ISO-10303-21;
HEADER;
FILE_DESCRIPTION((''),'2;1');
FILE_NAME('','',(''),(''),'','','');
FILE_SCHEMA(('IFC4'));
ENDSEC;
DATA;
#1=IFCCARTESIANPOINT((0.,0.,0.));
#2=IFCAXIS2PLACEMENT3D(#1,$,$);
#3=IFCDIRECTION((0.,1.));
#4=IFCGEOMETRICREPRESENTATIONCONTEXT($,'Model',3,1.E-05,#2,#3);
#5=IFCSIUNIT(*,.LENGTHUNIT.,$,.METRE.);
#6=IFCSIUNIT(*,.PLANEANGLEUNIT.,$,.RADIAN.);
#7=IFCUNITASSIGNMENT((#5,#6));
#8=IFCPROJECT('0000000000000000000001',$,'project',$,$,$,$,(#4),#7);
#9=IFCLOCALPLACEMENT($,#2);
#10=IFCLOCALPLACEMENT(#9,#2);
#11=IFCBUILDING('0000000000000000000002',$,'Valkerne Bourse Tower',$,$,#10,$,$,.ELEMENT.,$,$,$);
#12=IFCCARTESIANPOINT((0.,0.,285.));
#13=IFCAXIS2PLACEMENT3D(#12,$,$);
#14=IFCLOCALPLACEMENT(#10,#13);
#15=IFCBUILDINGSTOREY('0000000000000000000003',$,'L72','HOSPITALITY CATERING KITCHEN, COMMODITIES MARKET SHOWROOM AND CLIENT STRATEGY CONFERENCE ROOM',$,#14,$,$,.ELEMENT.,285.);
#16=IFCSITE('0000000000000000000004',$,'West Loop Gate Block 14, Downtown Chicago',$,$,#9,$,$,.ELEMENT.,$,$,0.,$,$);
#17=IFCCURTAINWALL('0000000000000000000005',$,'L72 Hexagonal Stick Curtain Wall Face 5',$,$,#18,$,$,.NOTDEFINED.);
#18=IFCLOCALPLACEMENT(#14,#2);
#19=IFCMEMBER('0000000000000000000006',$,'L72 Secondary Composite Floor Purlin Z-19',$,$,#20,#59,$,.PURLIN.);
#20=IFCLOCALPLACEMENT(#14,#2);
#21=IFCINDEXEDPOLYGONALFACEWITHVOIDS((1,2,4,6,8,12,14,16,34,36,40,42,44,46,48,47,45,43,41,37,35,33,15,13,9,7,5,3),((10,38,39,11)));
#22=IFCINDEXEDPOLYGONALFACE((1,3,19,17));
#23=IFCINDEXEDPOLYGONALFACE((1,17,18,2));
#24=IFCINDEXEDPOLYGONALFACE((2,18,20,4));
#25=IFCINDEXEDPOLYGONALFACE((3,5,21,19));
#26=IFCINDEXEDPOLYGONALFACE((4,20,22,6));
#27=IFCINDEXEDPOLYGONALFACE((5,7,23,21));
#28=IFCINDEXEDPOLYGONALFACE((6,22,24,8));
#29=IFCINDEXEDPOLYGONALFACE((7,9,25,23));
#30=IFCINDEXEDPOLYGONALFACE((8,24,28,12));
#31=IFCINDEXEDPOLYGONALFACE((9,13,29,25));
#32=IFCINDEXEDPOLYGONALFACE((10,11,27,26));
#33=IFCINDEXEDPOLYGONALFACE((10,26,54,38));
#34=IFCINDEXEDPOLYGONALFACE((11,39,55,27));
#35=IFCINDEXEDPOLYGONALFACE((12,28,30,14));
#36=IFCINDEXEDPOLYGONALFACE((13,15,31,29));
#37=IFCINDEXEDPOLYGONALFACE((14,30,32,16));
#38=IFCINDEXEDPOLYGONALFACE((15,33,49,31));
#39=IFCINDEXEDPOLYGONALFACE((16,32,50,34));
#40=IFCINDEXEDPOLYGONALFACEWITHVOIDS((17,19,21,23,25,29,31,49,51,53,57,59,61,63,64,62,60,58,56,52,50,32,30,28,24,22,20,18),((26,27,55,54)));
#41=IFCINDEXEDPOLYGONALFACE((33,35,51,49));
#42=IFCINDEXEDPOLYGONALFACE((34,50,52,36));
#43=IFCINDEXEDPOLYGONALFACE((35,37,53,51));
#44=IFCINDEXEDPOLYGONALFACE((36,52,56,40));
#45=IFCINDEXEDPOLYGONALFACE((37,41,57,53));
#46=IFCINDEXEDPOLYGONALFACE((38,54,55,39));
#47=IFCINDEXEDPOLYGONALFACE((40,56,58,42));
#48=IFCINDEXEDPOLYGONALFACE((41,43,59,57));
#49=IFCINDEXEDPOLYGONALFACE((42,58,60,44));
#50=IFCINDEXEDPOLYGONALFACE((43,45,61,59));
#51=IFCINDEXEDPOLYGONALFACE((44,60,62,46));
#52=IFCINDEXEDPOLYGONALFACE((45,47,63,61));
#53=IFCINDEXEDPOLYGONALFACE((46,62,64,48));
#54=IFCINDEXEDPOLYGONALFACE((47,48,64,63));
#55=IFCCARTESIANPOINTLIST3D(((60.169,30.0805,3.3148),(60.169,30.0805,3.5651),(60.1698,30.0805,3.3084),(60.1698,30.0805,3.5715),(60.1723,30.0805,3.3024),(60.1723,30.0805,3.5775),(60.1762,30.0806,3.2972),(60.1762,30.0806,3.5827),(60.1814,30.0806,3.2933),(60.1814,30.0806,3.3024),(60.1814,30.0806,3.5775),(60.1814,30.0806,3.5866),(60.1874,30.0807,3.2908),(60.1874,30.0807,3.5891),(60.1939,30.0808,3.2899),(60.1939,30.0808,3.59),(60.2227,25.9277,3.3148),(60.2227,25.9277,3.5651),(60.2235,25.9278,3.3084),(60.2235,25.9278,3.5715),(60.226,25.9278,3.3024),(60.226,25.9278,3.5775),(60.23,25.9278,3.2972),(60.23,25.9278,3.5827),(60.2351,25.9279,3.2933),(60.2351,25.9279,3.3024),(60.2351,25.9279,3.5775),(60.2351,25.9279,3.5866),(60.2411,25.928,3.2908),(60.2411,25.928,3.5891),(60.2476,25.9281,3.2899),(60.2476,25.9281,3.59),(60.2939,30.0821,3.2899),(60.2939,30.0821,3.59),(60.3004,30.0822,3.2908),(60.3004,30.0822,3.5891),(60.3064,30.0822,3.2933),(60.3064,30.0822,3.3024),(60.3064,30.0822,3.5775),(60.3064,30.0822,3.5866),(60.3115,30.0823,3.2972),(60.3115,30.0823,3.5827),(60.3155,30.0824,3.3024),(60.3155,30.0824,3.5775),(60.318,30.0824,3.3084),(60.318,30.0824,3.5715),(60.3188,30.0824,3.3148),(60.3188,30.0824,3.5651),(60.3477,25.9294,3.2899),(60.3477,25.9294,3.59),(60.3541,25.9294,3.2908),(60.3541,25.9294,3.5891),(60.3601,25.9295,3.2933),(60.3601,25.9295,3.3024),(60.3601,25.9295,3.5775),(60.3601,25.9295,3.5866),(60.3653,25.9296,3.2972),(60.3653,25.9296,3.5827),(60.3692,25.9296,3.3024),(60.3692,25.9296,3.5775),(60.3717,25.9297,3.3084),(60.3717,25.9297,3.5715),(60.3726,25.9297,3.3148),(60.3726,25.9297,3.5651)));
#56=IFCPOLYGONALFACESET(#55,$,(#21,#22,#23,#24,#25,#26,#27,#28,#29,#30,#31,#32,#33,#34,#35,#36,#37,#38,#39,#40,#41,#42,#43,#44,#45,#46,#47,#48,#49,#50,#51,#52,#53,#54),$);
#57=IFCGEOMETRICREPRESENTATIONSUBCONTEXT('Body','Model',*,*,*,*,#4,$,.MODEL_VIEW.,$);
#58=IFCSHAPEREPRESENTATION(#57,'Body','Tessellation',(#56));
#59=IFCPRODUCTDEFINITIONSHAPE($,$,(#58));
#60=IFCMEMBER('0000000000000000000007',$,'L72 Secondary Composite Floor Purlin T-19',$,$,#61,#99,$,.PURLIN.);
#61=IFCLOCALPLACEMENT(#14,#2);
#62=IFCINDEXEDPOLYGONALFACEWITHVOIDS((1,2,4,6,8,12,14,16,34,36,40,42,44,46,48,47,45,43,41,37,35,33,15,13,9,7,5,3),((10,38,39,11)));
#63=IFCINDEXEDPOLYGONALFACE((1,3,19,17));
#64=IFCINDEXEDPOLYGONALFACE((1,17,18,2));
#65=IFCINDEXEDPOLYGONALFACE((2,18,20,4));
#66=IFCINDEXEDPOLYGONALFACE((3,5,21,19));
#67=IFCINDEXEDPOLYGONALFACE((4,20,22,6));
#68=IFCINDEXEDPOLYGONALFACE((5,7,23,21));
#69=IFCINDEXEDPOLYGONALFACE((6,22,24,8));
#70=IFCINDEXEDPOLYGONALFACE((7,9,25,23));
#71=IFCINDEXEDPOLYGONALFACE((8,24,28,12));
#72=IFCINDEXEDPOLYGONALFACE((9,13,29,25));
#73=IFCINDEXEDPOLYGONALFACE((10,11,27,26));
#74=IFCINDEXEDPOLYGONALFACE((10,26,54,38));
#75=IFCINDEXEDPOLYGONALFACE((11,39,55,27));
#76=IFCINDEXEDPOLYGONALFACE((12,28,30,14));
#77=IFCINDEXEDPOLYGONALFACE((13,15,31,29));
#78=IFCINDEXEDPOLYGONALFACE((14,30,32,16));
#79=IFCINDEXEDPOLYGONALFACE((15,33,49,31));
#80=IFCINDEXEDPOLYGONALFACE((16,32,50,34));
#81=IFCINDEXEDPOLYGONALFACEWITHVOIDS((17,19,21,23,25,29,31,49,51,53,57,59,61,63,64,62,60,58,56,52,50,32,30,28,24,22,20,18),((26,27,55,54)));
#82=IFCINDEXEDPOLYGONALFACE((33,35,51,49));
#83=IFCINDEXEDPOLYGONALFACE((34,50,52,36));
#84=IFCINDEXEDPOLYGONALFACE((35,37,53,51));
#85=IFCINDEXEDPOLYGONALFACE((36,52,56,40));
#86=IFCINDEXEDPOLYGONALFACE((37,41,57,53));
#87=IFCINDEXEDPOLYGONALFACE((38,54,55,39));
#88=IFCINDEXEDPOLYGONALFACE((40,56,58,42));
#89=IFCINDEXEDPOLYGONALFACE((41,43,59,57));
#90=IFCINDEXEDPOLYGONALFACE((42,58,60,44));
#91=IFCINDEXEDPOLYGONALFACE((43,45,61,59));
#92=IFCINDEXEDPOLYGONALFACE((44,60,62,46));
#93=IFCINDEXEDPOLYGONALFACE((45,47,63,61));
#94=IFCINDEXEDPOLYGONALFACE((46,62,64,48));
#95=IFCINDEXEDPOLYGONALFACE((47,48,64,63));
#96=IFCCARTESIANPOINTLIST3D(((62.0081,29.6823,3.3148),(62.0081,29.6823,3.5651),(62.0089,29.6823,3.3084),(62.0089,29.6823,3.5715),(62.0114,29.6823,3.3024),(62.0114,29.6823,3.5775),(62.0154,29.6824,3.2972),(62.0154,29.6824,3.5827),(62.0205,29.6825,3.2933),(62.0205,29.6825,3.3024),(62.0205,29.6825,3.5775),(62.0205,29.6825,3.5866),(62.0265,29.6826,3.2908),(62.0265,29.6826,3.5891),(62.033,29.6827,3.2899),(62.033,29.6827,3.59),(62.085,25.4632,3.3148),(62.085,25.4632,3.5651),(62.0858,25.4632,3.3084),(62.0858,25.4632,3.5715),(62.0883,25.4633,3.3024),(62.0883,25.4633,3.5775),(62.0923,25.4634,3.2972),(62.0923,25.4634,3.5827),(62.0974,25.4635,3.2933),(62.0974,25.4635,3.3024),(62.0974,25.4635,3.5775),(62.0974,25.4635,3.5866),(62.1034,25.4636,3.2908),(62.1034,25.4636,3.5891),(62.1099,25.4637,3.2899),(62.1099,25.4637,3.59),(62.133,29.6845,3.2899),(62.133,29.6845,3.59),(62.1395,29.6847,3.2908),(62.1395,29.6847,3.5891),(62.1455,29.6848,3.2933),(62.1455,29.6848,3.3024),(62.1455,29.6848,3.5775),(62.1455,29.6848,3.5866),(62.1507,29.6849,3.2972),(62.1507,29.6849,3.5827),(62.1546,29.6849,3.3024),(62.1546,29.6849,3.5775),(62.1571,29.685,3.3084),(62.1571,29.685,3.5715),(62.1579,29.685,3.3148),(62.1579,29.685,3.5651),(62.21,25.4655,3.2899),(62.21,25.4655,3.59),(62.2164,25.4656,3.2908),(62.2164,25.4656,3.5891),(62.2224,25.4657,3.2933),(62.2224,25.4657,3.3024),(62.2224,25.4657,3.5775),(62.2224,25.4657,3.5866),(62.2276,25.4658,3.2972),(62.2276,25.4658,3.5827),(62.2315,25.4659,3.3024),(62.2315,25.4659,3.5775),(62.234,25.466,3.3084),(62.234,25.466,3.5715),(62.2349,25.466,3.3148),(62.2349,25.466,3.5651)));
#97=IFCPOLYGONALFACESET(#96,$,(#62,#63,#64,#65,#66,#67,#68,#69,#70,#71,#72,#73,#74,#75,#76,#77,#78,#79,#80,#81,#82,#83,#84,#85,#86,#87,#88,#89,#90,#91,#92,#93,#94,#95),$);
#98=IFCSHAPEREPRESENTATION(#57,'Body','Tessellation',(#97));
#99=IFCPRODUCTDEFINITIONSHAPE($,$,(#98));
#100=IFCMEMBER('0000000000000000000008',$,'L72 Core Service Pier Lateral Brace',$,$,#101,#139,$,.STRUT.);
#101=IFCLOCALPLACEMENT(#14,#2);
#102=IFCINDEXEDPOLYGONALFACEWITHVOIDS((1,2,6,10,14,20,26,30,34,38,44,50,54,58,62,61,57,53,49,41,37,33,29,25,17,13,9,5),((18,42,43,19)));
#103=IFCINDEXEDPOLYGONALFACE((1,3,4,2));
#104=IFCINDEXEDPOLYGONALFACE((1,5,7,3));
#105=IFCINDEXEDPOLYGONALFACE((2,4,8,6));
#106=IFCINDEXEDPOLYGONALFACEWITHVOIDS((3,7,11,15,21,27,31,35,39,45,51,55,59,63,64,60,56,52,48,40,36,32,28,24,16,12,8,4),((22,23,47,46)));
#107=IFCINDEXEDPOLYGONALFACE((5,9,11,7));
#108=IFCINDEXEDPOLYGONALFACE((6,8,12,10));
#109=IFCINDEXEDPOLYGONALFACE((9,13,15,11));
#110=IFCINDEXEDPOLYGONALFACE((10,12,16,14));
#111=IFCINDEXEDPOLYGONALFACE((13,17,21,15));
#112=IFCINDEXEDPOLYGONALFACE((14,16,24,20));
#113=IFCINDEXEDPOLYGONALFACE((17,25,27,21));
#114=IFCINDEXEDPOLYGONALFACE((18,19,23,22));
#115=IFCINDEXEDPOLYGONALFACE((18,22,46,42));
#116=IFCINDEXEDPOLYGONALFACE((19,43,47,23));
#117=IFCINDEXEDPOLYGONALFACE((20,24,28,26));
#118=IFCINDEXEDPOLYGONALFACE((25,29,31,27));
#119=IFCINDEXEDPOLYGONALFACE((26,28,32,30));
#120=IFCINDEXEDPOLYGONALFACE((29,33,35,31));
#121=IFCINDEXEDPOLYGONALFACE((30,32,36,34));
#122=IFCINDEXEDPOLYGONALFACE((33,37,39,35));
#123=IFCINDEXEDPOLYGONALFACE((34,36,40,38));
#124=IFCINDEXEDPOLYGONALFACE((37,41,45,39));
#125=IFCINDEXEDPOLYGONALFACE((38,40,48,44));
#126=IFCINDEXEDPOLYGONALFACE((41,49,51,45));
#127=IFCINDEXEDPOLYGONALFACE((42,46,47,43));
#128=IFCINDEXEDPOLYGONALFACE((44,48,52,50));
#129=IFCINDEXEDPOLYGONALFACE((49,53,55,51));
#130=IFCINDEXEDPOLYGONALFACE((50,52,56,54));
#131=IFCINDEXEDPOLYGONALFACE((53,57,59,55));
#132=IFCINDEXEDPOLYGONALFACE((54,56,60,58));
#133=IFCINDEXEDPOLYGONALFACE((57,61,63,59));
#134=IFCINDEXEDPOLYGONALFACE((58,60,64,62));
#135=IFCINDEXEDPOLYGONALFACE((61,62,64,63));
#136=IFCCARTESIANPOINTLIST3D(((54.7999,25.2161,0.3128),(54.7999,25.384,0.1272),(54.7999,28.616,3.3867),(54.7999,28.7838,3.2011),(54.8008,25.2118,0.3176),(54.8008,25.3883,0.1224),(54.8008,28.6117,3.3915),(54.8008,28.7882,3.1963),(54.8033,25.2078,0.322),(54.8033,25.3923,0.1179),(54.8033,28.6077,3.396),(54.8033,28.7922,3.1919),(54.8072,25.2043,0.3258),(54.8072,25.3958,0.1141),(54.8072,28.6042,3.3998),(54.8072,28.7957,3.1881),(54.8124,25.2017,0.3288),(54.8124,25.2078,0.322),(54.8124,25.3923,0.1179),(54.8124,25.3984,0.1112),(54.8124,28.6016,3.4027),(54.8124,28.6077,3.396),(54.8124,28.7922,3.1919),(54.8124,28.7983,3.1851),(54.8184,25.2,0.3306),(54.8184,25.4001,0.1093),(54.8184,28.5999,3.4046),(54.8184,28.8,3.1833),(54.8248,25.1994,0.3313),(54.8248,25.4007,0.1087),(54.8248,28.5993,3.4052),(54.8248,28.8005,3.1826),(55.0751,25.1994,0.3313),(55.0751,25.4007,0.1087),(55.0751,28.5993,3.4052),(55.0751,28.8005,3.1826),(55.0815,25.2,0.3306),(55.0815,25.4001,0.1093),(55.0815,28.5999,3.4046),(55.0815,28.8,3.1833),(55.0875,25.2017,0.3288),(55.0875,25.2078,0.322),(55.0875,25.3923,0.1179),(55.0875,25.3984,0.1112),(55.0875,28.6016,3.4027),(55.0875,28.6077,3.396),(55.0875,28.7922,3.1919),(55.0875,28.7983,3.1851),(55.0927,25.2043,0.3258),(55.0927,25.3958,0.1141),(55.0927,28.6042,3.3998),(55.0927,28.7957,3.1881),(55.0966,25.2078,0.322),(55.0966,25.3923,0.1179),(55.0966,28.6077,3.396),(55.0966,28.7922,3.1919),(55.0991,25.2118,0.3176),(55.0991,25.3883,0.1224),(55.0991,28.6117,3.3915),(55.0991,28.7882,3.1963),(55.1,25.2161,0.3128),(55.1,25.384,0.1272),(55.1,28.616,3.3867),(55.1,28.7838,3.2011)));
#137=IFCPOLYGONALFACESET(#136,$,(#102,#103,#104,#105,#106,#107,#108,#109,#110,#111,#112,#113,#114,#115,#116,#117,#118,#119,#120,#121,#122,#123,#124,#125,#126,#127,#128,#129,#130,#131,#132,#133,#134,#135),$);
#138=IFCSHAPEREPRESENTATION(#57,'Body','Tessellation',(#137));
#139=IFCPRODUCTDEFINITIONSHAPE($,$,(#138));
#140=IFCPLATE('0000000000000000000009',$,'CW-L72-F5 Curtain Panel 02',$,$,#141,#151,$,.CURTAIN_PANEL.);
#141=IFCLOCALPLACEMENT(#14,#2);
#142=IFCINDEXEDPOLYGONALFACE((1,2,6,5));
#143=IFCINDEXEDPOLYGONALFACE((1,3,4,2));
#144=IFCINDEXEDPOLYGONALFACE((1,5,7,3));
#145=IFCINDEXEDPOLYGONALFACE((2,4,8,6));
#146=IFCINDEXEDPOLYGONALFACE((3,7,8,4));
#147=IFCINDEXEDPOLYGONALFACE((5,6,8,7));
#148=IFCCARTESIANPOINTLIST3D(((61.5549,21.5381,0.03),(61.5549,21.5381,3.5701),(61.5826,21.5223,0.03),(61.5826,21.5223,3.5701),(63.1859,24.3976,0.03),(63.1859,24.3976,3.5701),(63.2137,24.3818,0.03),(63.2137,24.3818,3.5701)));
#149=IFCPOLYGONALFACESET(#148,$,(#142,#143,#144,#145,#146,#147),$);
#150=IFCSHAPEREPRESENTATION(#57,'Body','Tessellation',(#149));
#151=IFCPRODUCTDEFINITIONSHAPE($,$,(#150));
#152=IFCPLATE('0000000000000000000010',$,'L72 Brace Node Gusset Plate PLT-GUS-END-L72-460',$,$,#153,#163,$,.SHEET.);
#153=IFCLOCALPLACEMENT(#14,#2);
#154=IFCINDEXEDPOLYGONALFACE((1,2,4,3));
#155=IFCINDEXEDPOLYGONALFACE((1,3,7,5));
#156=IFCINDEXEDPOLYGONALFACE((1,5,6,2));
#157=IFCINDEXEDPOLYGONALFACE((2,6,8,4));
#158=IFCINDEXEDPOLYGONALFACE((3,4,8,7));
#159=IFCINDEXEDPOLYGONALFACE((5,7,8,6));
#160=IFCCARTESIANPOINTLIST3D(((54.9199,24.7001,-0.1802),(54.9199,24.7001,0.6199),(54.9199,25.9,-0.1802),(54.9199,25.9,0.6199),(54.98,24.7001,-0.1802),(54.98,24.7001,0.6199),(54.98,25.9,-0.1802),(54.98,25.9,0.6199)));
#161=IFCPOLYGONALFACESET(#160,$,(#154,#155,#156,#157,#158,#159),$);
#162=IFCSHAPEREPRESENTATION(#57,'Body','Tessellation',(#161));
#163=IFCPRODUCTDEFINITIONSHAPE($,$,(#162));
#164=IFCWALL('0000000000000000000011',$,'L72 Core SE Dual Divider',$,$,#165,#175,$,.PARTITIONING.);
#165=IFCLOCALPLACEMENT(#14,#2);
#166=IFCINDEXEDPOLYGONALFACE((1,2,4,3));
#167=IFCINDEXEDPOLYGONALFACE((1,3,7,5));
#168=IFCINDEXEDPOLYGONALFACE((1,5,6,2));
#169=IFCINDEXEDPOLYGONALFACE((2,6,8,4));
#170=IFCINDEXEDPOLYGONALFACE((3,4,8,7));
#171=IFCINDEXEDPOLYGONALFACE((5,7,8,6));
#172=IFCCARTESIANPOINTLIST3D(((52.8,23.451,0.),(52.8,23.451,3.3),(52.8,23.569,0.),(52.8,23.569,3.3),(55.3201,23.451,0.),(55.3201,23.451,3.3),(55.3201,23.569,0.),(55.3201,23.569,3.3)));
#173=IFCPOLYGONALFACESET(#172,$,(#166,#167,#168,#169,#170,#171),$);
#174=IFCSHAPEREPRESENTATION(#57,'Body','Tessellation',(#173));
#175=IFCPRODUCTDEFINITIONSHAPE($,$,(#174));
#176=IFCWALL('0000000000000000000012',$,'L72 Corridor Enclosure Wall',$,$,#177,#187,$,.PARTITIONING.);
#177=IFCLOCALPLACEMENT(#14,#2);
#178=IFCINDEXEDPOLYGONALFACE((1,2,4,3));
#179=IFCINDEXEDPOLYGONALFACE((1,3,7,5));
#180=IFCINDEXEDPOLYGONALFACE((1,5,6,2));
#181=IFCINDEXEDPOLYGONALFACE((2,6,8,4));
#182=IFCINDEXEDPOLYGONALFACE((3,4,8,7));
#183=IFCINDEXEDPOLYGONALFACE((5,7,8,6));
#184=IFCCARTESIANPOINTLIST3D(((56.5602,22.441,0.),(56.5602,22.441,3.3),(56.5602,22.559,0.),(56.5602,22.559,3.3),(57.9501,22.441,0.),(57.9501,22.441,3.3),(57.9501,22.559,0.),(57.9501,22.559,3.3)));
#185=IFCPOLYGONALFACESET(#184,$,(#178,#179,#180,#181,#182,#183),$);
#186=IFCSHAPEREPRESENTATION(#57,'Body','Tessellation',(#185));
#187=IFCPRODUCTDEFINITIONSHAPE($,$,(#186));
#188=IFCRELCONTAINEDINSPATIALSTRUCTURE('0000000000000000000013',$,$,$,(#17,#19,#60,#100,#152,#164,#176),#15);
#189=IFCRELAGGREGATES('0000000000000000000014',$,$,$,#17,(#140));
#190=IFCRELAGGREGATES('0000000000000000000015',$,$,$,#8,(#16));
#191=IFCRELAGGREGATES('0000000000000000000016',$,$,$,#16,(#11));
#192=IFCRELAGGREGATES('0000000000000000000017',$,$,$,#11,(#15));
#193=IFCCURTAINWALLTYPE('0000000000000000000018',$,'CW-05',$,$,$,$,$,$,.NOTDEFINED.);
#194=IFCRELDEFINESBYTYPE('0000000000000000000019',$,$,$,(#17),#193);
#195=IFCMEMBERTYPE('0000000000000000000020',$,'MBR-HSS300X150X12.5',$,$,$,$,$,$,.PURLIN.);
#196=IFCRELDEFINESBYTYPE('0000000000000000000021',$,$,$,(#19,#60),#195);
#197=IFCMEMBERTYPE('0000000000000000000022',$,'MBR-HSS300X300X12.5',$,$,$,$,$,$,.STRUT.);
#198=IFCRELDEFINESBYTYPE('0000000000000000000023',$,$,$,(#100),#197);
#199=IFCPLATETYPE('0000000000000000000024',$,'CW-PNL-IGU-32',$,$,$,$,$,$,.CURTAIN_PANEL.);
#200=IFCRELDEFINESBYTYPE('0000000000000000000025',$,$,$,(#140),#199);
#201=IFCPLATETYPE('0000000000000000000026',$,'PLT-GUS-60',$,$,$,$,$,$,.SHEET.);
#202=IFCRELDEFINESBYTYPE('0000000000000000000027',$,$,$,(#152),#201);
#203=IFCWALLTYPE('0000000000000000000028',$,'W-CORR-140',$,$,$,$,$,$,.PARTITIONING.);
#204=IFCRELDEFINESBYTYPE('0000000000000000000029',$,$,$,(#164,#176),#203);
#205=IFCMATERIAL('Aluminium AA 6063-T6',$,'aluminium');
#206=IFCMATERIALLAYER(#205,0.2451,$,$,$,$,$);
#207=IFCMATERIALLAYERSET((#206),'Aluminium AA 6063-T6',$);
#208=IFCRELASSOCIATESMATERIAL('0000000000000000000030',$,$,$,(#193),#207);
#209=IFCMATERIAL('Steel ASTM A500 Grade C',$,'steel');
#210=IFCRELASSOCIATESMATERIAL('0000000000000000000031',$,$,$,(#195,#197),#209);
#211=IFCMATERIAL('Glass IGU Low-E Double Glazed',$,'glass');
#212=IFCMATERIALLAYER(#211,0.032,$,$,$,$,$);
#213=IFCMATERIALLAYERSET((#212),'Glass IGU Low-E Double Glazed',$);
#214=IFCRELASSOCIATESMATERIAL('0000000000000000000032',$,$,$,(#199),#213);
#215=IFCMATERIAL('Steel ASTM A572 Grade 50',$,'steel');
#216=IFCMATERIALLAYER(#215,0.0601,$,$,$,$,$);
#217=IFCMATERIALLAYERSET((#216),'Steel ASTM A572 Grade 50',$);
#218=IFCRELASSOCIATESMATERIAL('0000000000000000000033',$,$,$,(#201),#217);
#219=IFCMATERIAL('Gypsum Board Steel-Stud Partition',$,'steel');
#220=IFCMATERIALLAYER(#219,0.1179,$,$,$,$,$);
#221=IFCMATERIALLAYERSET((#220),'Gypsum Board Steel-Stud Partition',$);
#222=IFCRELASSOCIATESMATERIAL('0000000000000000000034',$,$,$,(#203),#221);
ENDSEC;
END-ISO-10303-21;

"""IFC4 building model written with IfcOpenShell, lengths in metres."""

from ifc_helpers import new_model, si_unit, direction, frame, frame_2d, origin, origin_2d, place, context, subcontext, project, spatial, rectangle, hollow_rectangle, extrude, material, layer, layer_set, material_profile, profile_set, type_object, element, aggregate, save


model = new_model("IFC4")

# Units and contexts
model_context = context("Model", 3, precision=1e-05, world=origin(), true_north=direction((0.0, 1.0)))
body_context = subcontext(model_context, "Body", "Model", "MODEL_VIEW")
ifc_project = project(units=[si_unit("LENGTHUNIT", "METRE"), si_unit("PLANEANGLEUNIT", "RADIAN")], contexts=[model_context])

# Site, building, storey
site_placement = place(None, origin())
site = spatial("IfcSite", under=ifc_project, at=site_placement, Name="West Loop Gate Block 14, Downtown Chicago", CompositionType="ELEMENT", RefElevation=0.0)
building_placement = place(site_placement, origin())
building = spatial("IfcBuilding", under=site, at=building_placement, Name="Valkerne Bourse Tower", CompositionType="ELEMENT")
storey_placement = place(building_placement, frame((0.0, 0.0, 285.0)))
storey = spatial("IfcBuildingStorey", under=building, at=storey_placement, Name="L72", Description="HOSPITALITY CATERING KITCHEN, COMMODITIES MARKET SHOWROOM AND CLIENT STRATEGY CONFERENCE ROOM", CompositionType="ELEMENT", Elevation=285.0)

# Shared definitions
ifc_material_1 = material(Name="Steel ASTM A500 Grade C", Category="steel")

# Curtain wall
ifc_material_2 = material(Name="Aluminium AA 6063-T6", Category="aluminium")
ifc_layer_1 = layer(ifc_material_2, 0.2451)
ifc_layer_set_1 = layer_set([ifc_layer_1], Name="Aluminium AA 6063-T6")
curtain_wall_type = type_object("IfcCurtainWallType", Name="CW-05", PredefinedType="NOTDEFINED", material=ifc_layer_set_1)
curtain_wall_placement = place(storey_placement, origin())
curtain_wall = element("IfcCurtainWall", 1, at=curtain_wall_placement, inside=storey, type_object=curtain_wall_type, Name="L72 Hexagonal Stick Curtain Wall Face 5", PredefinedType="NOTDEFINED")

# Members
ifc_material_profile_1 = material_profile(ifc_material_1, hollow_rectangle(XDim=0.1499, YDim=0.3, WallThickness=0.0125, OuterFilletRadius=0.0249, at=origin_2d()), Name="HSS300X150X12.5")
ifc_profile_set_1 = profile_set([ifc_material_profile_1], Name="Steel ASTM A500 Grade C")
member_type_1 = type_object("IfcMemberType", Name="MBR-HSS300X150X12.5", PredefinedType="PURLIN", material=ifc_profile_set_1)
member_1_placement = place(storey_placement, frame((60.2976, 25.9287, 3.4399), z_axis=(-0.012932, 0.999916, 0.0), x_axis=(-0.999916, -0.012932, 0.0)))
element("IfcMember", 2, at=member_1_placement, inside=storey, type_object=member_type_1, Name="L72 Secondary Composite Floor Purlin Z-19", PredefinedType="PURLIN", context=body_context, shape_type="SweptSolid", body=[
    extrude(hollow_rectangle(XDim=0.1499, YDim=0.3, WallThickness=0.0125, OuterFilletRadius=0.0249, at=origin_2d()), origin(), (0.0, 0.0, 1.0), 4.1531),
])
member_2_placement = place(storey_placement, frame((62.1599, 25.4646, 3.4399), z_axis=(-0.018225, 0.999834, 0.0), x_axis=(-0.999834, -0.018225, 0.0)))
element("IfcMember", 3, at=member_2_placement, inside=storey, type_object=member_type_1, Name="L72 Secondary Composite Floor Purlin T-19", PredefinedType="PURLIN", context=body_context, shape_type="SweptSolid", body=[
    extrude(hollow_rectangle(XDim=0.1499, YDim=0.3, WallThickness=0.0125, OuterFilletRadius=0.0249, at=origin_2d()), origin(), (0.0, 0.0, 1.0), 4.2197),
])
ifc_material_profile_2 = material_profile(ifc_material_1, hollow_rectangle(XDim=0.3, YDim=0.3, WallThickness=0.0125, OuterFilletRadius=0.0249, at=origin_2d()), Name="HSS300X300X12.5")
ifc_profile_set_2 = profile_set([ifc_material_profile_2], Name="Steel ASTM A500 Grade C")
member_type_2 = type_object("IfcMemberType", Name="MBR-HSS300X300X12.5", PredefinedType="STRUT", material=ifc_profile_set_2)
member_3_placement = place(storey_placement, frame((54.95, 25.3, 0.22), z_axis=(0.0, 0.741767, 0.670658), x_axis=(-1.0, 0.0, 0.0)))
element("IfcMember", 4, at=member_3_placement, inside=storey, type_object=member_type_2, Name="L72 Core Service Pier Lateral Brace", PredefinedType="STRUT", context=body_context, shape_type="SweptSolid", body=[
    extrude(hollow_rectangle(XDim=0.3, YDim=0.3, WallThickness=0.0125, OuterFilletRadius=0.0249, at=origin_2d()), origin(), (0.0, 0.0, 1.0), 4.5835),
])

# Plates
ifc_material_3 = material(Name="Glass IGU Low-E Double Glazed", Category="glass")
ifc_layer_2 = layer(ifc_material_3, 0.032)
ifc_layer_set_2 = layer_set([ifc_layer_2], Name="Glass IGU Low-E Double Glazed")
plate_type_1 = type_object("IfcPlateType", Name="CW-PNL-IGU-32", PredefinedType="CURTAIN_PANEL", material=ifc_layer_set_2)
plate_1_placement = place(storey_placement, frame((62.3843, 22.96, 0.03), z_axis=(0.0, 0.0, 1.0), x_axis=(0.495461, 0.86863, 0.0)))
plate_1 = element("IfcPlate", 5, at=plate_1_placement, type_object=plate_type_1, Name="CW-L72-F5 Curtain Panel 02", PredefinedType="CURTAIN_PANEL", context=body_context, shape_type="SweptSolid", body=[
    extrude(rectangle(XDim=3.292, YDim=0.032, at=origin_2d()), origin(), (0.0, 0.0, 1.0), 3.54),
])
aggregate(curtain_wall, [plate_1])
ifc_material_4 = material(Name="Steel ASTM A572 Grade 50", Category="steel")
ifc_layer_3 = layer(ifc_material_4, 0.0601)
ifc_layer_set_3 = layer_set([ifc_layer_3], Name="Steel ASTM A572 Grade 50")
plate_type_2 = type_object("IfcPlateType", Name="PLT-GUS-60", PredefinedType="SHEET", material=ifc_layer_set_3)
plate_2_placement = place(storey_placement, frame((54.95, 25.3, -0.1802), z_axis=(0.0, 0.0, 1.0), x_axis=(0.0, 1.0, 0.0)))
element("IfcPlate", 6, at=plate_2_placement, inside=storey, type_object=plate_type_2, Name="L72 Brace Node Gusset Plate PLT-GUS-END-L72-460", PredefinedType="SHEET", context=body_context, shape_type="SweptSolid", body=[
    extrude(rectangle(XDim=1.2, YDim=0.0601, at=origin_2d()), origin(), (0.0, 0.0, 1.0), 0.8),
])

# Walls
ifc_material_5 = material(Name="Gypsum Board Steel-Stud Partition", Category="steel")
ifc_layer_4 = layer(ifc_material_5, 0.1179)
ifc_layer_set_4 = layer_set([ifc_layer_4], Name="Gypsum Board Steel-Stud Partition")
wall_type_1 = type_object("IfcWallType", Name="W-CORR-140", PredefinedType="PARTITIONING", material=ifc_layer_set_4)
wall_1_placement = place(storey_placement, frame((52.8, 23.51, 0.0), z_axis=(0.0, 0.0, 1.0), x_axis=(1.0, 0.0, 0.0)))
element("IfcWall", 7, at=wall_1_placement, inside=storey, type_object=wall_type_1, Name="L72 Core SE Dual Divider", PredefinedType="PARTITIONING", context=body_context, shape_type="SweptSolid", body=[
    extrude(rectangle(XDim=2.52, YDim=0.1179, at=frame_2d((1.26, 0.0))), origin(), (0.0, 0.0, 1.0), 3.3),
])
wall_2_placement = place(storey_placement, frame((57.95, 22.5, 0.0), z_axis=(0.0, 0.0, 1.0), x_axis=(-1.0, 0.0, 0.0)))
element("IfcWall", 8, at=wall_2_placement, inside=storey, type_object=wall_type_1, Name="L72 Corridor Enclosure Wall", PredefinedType="PARTITIONING", context=body_context, shape_type="SweptSolid", body=[
    extrude(rectangle(XDim=1.3899, YDim=0.1179, at=frame_2d((0.6948, 0.0))), origin(), (0.0, 0.0, 1.0), 3.3),
])

save(model, "model.ifc")
